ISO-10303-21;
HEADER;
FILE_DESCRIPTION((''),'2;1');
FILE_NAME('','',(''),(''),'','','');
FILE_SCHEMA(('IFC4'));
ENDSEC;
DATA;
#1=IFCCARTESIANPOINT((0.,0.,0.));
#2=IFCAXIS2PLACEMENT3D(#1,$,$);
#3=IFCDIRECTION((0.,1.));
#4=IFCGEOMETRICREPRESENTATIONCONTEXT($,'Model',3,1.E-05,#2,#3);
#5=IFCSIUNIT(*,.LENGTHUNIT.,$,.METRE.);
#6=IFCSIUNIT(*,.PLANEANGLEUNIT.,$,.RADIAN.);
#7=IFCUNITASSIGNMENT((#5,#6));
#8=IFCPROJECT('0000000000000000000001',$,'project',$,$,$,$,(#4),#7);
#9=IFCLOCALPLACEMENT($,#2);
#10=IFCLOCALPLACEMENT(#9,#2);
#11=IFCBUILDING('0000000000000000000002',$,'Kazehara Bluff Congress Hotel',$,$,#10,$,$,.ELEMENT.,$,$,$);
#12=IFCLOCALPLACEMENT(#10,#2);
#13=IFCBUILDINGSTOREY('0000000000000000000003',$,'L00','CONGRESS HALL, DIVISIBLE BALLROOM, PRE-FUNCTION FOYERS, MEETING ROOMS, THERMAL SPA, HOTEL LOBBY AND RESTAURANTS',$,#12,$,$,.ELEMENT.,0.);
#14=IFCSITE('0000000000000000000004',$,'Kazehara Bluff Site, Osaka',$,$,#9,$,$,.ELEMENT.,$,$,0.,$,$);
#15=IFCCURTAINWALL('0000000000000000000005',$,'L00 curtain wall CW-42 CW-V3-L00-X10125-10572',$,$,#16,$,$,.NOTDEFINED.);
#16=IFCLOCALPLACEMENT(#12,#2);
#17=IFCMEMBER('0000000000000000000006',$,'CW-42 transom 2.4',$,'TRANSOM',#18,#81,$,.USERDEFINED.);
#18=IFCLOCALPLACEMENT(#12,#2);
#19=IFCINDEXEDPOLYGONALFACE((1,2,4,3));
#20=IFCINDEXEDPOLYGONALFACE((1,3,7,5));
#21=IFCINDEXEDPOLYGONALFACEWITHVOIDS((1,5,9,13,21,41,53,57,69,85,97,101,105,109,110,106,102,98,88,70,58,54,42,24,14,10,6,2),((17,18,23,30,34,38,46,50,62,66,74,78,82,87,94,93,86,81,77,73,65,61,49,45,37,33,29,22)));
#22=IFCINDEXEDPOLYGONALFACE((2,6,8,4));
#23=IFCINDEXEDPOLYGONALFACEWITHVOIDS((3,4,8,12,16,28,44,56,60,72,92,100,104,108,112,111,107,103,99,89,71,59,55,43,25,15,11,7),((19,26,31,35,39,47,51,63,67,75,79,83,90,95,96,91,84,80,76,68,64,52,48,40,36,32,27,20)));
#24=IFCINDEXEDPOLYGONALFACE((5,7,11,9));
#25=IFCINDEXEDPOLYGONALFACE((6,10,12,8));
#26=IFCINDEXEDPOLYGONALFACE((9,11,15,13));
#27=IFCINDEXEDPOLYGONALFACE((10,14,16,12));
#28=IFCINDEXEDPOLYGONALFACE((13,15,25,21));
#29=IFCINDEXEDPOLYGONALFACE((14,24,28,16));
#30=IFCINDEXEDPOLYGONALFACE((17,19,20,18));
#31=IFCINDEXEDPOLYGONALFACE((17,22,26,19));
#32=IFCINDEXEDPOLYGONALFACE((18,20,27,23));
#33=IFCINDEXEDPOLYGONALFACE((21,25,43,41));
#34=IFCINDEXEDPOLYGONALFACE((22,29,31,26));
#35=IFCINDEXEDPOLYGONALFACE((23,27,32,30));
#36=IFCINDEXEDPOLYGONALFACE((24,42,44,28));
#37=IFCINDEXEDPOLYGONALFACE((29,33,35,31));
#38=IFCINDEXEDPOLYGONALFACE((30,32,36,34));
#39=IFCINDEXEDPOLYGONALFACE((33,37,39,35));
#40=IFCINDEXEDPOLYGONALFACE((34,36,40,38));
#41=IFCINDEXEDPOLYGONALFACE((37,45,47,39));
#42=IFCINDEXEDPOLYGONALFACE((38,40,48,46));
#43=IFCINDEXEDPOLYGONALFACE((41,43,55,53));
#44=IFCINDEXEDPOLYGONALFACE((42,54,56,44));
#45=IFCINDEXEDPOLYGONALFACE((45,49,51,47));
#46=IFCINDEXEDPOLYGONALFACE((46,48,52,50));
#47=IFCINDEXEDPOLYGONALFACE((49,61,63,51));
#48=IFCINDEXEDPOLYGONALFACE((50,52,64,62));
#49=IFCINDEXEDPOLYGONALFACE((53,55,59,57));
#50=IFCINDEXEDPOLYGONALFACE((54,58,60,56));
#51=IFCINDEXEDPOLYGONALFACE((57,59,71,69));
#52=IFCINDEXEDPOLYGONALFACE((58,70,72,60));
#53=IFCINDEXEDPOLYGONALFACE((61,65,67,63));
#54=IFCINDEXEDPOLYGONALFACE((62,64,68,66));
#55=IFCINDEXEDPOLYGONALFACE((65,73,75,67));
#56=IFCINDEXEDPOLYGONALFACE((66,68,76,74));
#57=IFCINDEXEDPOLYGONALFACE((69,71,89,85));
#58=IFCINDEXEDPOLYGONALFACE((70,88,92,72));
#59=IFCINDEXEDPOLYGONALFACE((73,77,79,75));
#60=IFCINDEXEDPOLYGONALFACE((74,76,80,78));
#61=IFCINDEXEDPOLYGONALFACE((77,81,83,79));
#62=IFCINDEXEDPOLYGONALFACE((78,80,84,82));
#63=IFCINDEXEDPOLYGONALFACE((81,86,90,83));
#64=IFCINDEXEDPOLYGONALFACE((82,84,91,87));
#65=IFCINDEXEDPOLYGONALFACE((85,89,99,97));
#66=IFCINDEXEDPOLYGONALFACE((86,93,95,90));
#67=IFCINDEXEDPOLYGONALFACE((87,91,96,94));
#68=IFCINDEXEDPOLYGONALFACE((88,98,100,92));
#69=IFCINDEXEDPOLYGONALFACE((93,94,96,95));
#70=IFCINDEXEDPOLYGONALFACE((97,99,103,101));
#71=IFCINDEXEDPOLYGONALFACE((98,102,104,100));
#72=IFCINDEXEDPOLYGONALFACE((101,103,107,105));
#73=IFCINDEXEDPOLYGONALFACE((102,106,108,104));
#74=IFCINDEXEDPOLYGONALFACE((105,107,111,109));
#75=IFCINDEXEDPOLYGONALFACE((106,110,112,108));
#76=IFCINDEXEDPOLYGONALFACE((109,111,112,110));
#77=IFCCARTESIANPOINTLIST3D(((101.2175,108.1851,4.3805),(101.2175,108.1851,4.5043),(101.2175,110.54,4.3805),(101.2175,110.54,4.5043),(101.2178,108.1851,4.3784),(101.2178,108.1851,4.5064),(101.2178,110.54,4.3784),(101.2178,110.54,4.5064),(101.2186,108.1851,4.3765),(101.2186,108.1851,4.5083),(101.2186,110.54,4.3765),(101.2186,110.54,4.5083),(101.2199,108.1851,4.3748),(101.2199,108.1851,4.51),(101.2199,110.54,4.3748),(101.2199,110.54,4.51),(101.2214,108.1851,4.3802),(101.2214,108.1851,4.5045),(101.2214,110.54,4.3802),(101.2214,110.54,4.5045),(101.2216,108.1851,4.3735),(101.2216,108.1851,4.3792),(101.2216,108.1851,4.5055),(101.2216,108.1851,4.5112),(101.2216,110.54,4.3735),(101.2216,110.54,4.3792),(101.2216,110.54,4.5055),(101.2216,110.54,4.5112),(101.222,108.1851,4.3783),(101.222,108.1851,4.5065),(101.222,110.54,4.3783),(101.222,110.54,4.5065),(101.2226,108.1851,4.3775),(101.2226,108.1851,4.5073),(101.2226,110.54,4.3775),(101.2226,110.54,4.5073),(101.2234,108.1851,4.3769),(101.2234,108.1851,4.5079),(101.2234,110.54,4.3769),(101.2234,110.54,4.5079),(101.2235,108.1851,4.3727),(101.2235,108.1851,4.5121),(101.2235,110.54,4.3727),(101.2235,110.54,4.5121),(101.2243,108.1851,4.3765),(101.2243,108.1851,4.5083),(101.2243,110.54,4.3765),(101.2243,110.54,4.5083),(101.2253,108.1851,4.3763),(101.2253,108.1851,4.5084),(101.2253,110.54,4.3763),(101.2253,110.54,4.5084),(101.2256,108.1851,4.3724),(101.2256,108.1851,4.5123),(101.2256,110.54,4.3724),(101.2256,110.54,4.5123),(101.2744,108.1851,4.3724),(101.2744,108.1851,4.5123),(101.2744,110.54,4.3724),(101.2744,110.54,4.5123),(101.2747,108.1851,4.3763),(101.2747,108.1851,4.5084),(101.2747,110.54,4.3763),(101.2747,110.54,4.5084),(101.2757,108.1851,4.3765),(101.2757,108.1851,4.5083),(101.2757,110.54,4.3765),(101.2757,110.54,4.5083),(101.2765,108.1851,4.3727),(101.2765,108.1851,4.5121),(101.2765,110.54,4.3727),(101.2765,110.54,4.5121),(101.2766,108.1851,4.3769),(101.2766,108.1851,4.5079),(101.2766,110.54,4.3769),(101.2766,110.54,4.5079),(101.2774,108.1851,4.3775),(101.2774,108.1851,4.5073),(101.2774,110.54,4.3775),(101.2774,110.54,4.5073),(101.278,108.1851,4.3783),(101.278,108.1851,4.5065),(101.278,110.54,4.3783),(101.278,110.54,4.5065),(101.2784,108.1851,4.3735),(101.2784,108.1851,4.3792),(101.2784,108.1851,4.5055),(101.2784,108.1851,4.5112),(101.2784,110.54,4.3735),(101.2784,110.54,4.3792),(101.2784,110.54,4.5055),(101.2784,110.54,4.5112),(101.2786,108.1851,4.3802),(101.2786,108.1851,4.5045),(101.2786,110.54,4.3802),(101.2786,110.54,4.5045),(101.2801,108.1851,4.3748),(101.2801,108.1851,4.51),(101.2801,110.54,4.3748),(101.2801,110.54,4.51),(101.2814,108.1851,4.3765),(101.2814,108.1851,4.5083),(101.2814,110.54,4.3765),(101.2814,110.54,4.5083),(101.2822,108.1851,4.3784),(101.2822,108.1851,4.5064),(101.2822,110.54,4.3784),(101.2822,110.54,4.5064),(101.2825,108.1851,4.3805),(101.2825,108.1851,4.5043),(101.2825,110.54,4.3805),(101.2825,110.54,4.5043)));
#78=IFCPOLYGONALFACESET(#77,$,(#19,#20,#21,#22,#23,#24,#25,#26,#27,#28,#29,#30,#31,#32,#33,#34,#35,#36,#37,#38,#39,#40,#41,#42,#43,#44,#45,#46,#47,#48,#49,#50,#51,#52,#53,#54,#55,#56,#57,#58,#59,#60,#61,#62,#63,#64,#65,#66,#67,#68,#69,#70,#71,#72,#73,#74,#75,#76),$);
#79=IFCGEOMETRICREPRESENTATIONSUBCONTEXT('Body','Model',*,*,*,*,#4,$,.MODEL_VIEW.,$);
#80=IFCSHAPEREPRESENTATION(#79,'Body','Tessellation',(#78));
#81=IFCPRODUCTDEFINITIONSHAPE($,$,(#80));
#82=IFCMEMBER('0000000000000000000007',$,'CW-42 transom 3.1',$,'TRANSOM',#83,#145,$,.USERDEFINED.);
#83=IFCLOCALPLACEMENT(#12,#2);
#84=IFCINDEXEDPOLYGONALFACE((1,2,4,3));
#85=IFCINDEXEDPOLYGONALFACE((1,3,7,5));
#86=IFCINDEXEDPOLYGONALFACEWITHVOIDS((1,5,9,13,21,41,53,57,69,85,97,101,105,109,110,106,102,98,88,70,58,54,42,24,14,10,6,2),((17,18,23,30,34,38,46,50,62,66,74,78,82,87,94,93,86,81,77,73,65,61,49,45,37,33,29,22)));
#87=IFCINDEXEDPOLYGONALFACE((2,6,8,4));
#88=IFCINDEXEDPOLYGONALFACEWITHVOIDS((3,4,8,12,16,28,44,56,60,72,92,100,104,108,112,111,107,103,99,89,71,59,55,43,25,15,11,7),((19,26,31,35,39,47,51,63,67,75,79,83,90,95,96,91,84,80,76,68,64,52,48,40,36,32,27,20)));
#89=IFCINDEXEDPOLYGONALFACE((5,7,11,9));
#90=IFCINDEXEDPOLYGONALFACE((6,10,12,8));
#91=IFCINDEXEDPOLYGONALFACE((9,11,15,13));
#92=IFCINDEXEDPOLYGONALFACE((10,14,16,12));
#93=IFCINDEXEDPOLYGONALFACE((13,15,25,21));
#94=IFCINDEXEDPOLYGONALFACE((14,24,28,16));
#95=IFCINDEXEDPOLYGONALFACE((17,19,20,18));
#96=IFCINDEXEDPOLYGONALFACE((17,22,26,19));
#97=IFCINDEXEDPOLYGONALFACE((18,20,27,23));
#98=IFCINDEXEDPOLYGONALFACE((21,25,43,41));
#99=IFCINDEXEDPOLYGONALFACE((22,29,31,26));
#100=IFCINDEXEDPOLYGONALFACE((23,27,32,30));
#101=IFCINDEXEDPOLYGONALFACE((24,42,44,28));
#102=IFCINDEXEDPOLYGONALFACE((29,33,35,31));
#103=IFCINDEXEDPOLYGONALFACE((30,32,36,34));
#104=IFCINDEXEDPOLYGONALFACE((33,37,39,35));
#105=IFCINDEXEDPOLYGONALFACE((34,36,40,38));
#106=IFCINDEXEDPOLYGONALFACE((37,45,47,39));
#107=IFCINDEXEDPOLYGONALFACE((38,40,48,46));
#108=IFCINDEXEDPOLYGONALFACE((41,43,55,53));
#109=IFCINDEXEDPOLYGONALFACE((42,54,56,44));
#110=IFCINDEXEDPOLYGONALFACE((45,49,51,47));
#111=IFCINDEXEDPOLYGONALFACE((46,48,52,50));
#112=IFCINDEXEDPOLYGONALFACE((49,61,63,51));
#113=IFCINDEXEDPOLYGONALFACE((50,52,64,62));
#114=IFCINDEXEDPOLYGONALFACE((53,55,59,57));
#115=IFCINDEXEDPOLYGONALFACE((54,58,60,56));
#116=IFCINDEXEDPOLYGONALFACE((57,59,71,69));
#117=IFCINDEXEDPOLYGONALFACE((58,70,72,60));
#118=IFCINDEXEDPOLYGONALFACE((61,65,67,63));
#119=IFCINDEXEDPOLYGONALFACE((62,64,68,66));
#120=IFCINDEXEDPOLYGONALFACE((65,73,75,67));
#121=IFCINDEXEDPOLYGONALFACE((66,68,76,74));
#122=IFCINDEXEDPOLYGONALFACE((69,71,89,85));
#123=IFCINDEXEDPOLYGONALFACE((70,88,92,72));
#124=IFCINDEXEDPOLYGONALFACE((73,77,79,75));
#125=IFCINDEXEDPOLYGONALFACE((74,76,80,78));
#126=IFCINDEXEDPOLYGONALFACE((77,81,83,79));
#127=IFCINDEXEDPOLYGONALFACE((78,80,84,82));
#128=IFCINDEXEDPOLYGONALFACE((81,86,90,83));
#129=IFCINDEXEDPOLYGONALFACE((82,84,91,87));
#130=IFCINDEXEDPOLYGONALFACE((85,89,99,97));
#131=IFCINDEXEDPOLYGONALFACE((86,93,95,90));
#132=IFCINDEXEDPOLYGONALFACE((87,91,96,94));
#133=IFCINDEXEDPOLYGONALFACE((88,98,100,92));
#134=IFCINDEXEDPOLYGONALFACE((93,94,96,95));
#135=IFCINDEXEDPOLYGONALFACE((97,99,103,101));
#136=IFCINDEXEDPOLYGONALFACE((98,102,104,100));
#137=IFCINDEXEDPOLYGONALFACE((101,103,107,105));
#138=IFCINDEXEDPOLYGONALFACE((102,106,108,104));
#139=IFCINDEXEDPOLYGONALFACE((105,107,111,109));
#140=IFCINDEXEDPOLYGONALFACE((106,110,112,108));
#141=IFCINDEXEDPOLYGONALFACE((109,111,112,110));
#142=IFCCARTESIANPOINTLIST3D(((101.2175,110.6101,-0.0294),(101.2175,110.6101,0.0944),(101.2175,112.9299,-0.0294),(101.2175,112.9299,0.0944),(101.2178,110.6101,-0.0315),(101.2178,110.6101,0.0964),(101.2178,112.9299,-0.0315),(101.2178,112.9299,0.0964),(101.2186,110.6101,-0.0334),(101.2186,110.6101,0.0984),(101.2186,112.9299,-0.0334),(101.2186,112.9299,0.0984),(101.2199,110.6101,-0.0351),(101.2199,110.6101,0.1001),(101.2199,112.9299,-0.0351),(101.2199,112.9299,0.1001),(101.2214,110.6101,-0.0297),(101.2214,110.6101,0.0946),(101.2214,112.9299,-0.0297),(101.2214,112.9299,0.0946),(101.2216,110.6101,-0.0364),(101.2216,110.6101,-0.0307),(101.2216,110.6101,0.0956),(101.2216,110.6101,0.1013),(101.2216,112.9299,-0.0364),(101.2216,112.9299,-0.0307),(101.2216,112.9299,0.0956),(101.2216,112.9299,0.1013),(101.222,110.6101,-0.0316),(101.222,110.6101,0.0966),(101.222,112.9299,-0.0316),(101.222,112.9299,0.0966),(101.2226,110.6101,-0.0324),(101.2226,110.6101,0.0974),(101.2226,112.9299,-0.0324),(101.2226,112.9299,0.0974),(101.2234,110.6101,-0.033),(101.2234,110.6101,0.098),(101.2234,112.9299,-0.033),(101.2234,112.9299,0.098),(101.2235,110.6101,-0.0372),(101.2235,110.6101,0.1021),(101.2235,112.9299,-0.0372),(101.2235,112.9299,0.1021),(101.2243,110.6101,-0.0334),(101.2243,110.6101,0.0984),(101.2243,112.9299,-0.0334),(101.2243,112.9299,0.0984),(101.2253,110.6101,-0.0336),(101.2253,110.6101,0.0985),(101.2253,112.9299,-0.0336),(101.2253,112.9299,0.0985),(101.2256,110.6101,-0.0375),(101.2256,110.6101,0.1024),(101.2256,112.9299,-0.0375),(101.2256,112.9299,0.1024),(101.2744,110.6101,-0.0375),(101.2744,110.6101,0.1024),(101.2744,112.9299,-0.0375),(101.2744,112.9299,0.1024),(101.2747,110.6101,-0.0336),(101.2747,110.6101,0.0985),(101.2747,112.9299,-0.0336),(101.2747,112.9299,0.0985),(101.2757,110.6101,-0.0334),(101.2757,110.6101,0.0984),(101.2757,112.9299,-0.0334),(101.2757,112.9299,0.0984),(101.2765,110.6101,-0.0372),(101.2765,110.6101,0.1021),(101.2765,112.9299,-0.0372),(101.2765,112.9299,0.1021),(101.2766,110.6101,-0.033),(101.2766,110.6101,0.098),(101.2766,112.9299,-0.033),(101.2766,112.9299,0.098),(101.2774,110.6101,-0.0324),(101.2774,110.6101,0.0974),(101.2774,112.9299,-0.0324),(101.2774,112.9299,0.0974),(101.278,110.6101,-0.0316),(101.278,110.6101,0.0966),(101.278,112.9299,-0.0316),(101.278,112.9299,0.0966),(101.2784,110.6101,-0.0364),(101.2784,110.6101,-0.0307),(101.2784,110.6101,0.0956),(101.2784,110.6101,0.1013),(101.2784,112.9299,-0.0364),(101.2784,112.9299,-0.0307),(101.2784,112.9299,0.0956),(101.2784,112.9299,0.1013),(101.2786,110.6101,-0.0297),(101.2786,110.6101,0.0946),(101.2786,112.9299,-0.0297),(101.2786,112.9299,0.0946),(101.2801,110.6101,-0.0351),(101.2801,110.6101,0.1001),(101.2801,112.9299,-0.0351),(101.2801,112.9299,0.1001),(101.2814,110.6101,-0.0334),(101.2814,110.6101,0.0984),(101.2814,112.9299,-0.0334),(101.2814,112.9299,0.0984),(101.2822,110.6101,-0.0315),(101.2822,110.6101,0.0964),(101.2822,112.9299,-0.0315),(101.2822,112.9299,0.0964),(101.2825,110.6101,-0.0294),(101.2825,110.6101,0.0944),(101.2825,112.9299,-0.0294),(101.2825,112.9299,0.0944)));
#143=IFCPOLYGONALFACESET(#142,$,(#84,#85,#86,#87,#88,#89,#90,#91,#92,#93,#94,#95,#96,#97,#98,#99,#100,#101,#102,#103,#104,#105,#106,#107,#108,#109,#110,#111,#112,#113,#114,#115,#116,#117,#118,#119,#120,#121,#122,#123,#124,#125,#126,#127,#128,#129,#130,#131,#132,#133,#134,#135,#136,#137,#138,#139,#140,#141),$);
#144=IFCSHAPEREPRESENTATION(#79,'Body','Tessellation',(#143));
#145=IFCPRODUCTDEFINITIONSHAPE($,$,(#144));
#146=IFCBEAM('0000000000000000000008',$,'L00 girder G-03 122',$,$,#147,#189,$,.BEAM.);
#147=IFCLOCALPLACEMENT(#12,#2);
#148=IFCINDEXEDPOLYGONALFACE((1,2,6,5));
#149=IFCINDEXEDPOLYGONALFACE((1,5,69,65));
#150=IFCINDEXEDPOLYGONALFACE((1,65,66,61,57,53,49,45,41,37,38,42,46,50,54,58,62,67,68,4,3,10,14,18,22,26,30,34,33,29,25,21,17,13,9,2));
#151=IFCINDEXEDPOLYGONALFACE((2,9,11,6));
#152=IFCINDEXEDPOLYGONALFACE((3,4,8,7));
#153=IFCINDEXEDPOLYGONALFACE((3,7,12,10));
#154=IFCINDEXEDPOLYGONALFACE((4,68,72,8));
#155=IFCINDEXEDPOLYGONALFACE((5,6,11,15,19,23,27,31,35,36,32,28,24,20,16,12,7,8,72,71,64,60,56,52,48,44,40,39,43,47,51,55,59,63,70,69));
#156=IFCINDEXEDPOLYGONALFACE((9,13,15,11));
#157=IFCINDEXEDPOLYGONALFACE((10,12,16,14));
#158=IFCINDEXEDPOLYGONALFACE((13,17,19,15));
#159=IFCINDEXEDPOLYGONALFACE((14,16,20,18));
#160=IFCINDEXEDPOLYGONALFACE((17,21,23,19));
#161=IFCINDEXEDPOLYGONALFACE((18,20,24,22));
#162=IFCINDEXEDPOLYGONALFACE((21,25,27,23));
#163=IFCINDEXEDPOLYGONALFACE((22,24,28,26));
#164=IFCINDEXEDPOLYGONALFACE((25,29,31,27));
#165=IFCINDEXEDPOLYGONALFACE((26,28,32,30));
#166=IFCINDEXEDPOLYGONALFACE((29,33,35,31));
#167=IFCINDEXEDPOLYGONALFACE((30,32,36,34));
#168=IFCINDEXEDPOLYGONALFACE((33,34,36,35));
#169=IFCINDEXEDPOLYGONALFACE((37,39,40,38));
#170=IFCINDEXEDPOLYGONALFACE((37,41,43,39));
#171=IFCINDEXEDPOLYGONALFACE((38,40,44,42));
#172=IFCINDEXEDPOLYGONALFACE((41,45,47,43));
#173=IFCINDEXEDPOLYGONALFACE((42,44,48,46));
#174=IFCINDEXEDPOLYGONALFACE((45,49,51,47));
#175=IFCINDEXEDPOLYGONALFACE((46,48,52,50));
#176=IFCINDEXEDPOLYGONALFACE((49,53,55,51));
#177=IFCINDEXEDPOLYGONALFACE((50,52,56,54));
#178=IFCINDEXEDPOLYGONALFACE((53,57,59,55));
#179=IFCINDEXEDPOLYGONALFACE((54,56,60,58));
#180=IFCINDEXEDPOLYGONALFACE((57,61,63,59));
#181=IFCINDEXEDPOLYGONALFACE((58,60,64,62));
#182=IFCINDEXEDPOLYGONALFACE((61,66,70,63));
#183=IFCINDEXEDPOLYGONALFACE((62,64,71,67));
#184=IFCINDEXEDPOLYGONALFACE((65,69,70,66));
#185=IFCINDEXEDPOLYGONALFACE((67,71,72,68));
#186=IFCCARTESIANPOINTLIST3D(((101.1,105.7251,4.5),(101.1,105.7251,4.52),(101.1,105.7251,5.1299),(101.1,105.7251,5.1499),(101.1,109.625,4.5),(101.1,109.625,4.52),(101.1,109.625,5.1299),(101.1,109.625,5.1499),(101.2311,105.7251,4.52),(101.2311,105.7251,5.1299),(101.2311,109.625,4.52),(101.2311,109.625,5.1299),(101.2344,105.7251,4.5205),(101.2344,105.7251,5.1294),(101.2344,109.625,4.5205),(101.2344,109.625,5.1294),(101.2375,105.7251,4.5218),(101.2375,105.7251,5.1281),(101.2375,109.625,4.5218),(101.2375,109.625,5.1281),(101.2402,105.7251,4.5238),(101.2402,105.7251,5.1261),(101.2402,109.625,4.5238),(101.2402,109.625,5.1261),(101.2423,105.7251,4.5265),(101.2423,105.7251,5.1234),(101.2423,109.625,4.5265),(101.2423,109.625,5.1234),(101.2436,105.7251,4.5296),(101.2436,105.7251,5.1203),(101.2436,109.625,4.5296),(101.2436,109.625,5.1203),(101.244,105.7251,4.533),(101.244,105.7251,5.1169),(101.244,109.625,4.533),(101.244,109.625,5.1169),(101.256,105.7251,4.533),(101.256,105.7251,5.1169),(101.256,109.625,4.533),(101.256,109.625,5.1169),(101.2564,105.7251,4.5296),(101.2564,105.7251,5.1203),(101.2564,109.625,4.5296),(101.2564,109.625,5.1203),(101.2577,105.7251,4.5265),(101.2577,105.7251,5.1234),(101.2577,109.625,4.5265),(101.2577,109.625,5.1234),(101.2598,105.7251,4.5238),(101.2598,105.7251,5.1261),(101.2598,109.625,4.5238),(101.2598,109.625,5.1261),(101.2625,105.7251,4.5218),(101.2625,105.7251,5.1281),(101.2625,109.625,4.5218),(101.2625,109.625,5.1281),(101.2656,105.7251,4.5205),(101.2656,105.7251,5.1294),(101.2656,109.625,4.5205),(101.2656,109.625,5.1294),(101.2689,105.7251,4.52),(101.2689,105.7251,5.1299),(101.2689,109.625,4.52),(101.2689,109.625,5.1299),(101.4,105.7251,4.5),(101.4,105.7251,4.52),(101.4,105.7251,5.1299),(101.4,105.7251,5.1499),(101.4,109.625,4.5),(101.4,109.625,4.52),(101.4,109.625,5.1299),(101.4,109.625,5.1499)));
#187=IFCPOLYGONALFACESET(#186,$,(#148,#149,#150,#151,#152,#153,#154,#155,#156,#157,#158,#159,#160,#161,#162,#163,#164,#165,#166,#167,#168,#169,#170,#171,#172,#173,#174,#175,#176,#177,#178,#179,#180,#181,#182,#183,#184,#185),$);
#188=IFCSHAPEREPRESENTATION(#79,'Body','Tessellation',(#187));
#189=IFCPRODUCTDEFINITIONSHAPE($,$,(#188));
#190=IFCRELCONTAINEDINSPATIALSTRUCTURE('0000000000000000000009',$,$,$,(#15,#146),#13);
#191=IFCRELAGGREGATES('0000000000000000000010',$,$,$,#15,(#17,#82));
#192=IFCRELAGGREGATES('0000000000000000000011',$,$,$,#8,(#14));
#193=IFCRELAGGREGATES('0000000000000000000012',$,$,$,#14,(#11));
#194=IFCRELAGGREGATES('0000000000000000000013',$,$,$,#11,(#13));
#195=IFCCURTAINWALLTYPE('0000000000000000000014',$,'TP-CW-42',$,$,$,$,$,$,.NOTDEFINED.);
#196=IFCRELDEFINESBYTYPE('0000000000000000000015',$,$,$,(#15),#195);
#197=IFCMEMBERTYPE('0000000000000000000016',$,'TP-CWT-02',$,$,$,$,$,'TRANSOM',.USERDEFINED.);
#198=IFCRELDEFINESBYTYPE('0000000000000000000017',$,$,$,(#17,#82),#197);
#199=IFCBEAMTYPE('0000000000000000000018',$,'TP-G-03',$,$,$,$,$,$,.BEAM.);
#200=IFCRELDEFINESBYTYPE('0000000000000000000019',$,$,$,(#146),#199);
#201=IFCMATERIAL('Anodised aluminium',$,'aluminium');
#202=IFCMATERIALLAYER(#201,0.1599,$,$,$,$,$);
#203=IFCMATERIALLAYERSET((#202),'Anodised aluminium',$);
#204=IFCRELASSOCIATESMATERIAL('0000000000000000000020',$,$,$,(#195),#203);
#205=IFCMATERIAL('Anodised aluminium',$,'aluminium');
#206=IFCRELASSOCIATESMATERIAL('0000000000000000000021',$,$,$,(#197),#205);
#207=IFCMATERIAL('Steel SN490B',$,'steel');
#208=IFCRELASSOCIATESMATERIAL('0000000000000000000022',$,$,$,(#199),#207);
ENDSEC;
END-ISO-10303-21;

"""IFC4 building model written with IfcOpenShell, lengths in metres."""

from ifc_helpers import new_model, si_unit, direction, frame, origin, origin_2d, place, context, subcontext, project, spatial, hollow_rectangle, i_section, extrude, material, layer, layer_set, material_profile, profile_set, type_object, element, aggregate, save


model = new_model("IFC4")

# Units and contexts
model_context = context("Model", 3, precision=1e-05, world=origin(), true_north=direction((0.0, 1.0)))
body_context = subcontext(model_context, "Body", "Model", "MODEL_VIEW")
ifc_project = project(units=[si_unit("LENGTHUNIT", "METRE"), si_unit("PLANEANGLEUNIT", "RADIAN")], contexts=[model_context])

# Site, building, storey
site_placement = place(None, origin())
site = spatial("IfcSite", under=ifc_project, at=site_placement, Name="Kazehara Bluff Site, Osaka", CompositionType="ELEMENT", RefElevation=0.0)
building_placement = place(site_placement, origin())
building = spatial("IfcBuilding", under=site, at=building_placement, Name="Kazehara Bluff Congress Hotel", CompositionType="ELEMENT")
storey_placement = place(building_placement, origin())
storey = spatial("IfcBuildingStorey", under=building, at=storey_placement, Name="L00", Description="CONGRESS HALL, DIVISIBLE BALLROOM, PRE-FUNCTION FOYERS, MEETING ROOMS, THERMAL SPA, HOTEL LOBBY AND RESTAURANTS", CompositionType="ELEMENT", Elevation=0.0)

# Curtain wall
ifc_material_1 = material(Name="Anodised aluminium", Category="aluminium")
ifc_layer_1 = layer(ifc_material_1, 0.1599)
ifc_layer_set_1 = layer_set([ifc_layer_1], Name="Anodised aluminium")
curtain_wall_type_1 = type_object("IfcCurtainWallType", Name="TP-CW-42", PredefinedType="NOTDEFINED", material=ifc_layer_set_1)
curtain_wall_1_placement = place(storey_placement, origin())
curtain_wall_1 = element("IfcCurtainWall", 1, at=curtain_wall_1_placement, inside=storey, type_object=curtain_wall_type_1, Name="L00 curtain wall CW-42 CW-V3-L00-X10125-10572", PredefinedType="NOTDEFINED")

# Members
ifc_material_2 = material(Name="Anodised aluminium", Category="aluminium")
ifc_material_profile_1 = material_profile(ifc_material_2, hollow_rectangle(XDim=0.0649, YDim=0.1399, WallThickness=0.0039, InnerFilletRadius=0.0039, OuterFilletRadius=0.0081, at=origin_2d()))
ifc_profile_set_1 = profile_set([ifc_material_profile_1], Name="Anodised aluminium")
member_type_1 = type_object("IfcMemberType", Name="TP-CWT-02", ElementType="TRANSOM", PredefinedType="USERDEFINED", material=ifc_profile_set_1)
member_1_placement = place(storey_placement, frame((101.25, 108.1851, 4.4424), z_axis=(0.0, 1.0, 0.0), x_axis=(-1.0, 0.0, 0.0)))
member_1 = element("IfcMember", 2, at=member_1_placement, type_object=member_type_1, Name="CW-42 transom 2.4", ObjectType="TRANSOM", PredefinedType="USERDEFINED", context=body_context, shape_type="SweptSolid", body=[
    extrude(hollow_rectangle(XDim=0.0649, YDim=0.1399, WallThickness=0.0039, InnerFilletRadius=0.0039, OuterFilletRadius=0.0081, at=origin_2d()), origin(), (0.0, 0.0, 1.0), 2.355),
])
member_2_placement = place(storey_placement, frame((101.25, 110.6101, 0.0325), z_axis=(0.0, 1.0, 0.0), x_axis=(-1.0, 0.0, 0.0)))
member_2 = element("IfcMember", 3, at=member_2_placement, type_object=member_type_1, Name="CW-42 transom 3.1", ObjectType="TRANSOM", PredefinedType="USERDEFINED", context=body_context, shape_type="SweptSolid", body=[
    extrude(hollow_rectangle(XDim=0.0649, YDim=0.1399, WallThickness=0.0039, InnerFilletRadius=0.0039, OuterFilletRadius=0.0081, at=origin_2d()), origin(), (0.0, 0.0, 1.0), 2.3198),
])

# Beam
ifc_material_3 = material(Name="Steel SN490B", Category="steel")
ifc_material_profile_2 = material_profile(ifc_material_3, i_section(OverallWidth=0.3, OverallDepth=0.6499, WebThickness=0.012, FlangeThickness=0.02, FilletRadius=0.0129, at=origin_2d()))
ifc_profile_set_2 = profile_set([ifc_material_profile_2], Name="Steel SN490B")
beam_type = type_object("IfcBeamType", Name="TP-G-03", PredefinedType="BEAM", material=ifc_profile_set_2)
beam_placement = place(storey_placement, frame((101.25, 105.7251, 4.825), z_axis=(0.0, 1.0, 0.0), x_axis=(-1.0, 0.0, 0.0)))
element("IfcBeam", 4, at=beam_placement, inside=storey, type_object=beam_type, Name="L00 girder G-03 122", PredefinedType="BEAM", context=body_context, shape_type="SweptSolid", body=[
    extrude(i_section(OverallWidth=0.3, OverallDepth=0.6499, WebThickness=0.012, FlangeThickness=0.02, FilletRadius=0.0129, at=origin_2d()), origin(), (0.0, 0.0, 1.0), 3.8999),
])

aggregate(curtain_wall_1, [member_1, member_2])

save(model, "model.ifc")
